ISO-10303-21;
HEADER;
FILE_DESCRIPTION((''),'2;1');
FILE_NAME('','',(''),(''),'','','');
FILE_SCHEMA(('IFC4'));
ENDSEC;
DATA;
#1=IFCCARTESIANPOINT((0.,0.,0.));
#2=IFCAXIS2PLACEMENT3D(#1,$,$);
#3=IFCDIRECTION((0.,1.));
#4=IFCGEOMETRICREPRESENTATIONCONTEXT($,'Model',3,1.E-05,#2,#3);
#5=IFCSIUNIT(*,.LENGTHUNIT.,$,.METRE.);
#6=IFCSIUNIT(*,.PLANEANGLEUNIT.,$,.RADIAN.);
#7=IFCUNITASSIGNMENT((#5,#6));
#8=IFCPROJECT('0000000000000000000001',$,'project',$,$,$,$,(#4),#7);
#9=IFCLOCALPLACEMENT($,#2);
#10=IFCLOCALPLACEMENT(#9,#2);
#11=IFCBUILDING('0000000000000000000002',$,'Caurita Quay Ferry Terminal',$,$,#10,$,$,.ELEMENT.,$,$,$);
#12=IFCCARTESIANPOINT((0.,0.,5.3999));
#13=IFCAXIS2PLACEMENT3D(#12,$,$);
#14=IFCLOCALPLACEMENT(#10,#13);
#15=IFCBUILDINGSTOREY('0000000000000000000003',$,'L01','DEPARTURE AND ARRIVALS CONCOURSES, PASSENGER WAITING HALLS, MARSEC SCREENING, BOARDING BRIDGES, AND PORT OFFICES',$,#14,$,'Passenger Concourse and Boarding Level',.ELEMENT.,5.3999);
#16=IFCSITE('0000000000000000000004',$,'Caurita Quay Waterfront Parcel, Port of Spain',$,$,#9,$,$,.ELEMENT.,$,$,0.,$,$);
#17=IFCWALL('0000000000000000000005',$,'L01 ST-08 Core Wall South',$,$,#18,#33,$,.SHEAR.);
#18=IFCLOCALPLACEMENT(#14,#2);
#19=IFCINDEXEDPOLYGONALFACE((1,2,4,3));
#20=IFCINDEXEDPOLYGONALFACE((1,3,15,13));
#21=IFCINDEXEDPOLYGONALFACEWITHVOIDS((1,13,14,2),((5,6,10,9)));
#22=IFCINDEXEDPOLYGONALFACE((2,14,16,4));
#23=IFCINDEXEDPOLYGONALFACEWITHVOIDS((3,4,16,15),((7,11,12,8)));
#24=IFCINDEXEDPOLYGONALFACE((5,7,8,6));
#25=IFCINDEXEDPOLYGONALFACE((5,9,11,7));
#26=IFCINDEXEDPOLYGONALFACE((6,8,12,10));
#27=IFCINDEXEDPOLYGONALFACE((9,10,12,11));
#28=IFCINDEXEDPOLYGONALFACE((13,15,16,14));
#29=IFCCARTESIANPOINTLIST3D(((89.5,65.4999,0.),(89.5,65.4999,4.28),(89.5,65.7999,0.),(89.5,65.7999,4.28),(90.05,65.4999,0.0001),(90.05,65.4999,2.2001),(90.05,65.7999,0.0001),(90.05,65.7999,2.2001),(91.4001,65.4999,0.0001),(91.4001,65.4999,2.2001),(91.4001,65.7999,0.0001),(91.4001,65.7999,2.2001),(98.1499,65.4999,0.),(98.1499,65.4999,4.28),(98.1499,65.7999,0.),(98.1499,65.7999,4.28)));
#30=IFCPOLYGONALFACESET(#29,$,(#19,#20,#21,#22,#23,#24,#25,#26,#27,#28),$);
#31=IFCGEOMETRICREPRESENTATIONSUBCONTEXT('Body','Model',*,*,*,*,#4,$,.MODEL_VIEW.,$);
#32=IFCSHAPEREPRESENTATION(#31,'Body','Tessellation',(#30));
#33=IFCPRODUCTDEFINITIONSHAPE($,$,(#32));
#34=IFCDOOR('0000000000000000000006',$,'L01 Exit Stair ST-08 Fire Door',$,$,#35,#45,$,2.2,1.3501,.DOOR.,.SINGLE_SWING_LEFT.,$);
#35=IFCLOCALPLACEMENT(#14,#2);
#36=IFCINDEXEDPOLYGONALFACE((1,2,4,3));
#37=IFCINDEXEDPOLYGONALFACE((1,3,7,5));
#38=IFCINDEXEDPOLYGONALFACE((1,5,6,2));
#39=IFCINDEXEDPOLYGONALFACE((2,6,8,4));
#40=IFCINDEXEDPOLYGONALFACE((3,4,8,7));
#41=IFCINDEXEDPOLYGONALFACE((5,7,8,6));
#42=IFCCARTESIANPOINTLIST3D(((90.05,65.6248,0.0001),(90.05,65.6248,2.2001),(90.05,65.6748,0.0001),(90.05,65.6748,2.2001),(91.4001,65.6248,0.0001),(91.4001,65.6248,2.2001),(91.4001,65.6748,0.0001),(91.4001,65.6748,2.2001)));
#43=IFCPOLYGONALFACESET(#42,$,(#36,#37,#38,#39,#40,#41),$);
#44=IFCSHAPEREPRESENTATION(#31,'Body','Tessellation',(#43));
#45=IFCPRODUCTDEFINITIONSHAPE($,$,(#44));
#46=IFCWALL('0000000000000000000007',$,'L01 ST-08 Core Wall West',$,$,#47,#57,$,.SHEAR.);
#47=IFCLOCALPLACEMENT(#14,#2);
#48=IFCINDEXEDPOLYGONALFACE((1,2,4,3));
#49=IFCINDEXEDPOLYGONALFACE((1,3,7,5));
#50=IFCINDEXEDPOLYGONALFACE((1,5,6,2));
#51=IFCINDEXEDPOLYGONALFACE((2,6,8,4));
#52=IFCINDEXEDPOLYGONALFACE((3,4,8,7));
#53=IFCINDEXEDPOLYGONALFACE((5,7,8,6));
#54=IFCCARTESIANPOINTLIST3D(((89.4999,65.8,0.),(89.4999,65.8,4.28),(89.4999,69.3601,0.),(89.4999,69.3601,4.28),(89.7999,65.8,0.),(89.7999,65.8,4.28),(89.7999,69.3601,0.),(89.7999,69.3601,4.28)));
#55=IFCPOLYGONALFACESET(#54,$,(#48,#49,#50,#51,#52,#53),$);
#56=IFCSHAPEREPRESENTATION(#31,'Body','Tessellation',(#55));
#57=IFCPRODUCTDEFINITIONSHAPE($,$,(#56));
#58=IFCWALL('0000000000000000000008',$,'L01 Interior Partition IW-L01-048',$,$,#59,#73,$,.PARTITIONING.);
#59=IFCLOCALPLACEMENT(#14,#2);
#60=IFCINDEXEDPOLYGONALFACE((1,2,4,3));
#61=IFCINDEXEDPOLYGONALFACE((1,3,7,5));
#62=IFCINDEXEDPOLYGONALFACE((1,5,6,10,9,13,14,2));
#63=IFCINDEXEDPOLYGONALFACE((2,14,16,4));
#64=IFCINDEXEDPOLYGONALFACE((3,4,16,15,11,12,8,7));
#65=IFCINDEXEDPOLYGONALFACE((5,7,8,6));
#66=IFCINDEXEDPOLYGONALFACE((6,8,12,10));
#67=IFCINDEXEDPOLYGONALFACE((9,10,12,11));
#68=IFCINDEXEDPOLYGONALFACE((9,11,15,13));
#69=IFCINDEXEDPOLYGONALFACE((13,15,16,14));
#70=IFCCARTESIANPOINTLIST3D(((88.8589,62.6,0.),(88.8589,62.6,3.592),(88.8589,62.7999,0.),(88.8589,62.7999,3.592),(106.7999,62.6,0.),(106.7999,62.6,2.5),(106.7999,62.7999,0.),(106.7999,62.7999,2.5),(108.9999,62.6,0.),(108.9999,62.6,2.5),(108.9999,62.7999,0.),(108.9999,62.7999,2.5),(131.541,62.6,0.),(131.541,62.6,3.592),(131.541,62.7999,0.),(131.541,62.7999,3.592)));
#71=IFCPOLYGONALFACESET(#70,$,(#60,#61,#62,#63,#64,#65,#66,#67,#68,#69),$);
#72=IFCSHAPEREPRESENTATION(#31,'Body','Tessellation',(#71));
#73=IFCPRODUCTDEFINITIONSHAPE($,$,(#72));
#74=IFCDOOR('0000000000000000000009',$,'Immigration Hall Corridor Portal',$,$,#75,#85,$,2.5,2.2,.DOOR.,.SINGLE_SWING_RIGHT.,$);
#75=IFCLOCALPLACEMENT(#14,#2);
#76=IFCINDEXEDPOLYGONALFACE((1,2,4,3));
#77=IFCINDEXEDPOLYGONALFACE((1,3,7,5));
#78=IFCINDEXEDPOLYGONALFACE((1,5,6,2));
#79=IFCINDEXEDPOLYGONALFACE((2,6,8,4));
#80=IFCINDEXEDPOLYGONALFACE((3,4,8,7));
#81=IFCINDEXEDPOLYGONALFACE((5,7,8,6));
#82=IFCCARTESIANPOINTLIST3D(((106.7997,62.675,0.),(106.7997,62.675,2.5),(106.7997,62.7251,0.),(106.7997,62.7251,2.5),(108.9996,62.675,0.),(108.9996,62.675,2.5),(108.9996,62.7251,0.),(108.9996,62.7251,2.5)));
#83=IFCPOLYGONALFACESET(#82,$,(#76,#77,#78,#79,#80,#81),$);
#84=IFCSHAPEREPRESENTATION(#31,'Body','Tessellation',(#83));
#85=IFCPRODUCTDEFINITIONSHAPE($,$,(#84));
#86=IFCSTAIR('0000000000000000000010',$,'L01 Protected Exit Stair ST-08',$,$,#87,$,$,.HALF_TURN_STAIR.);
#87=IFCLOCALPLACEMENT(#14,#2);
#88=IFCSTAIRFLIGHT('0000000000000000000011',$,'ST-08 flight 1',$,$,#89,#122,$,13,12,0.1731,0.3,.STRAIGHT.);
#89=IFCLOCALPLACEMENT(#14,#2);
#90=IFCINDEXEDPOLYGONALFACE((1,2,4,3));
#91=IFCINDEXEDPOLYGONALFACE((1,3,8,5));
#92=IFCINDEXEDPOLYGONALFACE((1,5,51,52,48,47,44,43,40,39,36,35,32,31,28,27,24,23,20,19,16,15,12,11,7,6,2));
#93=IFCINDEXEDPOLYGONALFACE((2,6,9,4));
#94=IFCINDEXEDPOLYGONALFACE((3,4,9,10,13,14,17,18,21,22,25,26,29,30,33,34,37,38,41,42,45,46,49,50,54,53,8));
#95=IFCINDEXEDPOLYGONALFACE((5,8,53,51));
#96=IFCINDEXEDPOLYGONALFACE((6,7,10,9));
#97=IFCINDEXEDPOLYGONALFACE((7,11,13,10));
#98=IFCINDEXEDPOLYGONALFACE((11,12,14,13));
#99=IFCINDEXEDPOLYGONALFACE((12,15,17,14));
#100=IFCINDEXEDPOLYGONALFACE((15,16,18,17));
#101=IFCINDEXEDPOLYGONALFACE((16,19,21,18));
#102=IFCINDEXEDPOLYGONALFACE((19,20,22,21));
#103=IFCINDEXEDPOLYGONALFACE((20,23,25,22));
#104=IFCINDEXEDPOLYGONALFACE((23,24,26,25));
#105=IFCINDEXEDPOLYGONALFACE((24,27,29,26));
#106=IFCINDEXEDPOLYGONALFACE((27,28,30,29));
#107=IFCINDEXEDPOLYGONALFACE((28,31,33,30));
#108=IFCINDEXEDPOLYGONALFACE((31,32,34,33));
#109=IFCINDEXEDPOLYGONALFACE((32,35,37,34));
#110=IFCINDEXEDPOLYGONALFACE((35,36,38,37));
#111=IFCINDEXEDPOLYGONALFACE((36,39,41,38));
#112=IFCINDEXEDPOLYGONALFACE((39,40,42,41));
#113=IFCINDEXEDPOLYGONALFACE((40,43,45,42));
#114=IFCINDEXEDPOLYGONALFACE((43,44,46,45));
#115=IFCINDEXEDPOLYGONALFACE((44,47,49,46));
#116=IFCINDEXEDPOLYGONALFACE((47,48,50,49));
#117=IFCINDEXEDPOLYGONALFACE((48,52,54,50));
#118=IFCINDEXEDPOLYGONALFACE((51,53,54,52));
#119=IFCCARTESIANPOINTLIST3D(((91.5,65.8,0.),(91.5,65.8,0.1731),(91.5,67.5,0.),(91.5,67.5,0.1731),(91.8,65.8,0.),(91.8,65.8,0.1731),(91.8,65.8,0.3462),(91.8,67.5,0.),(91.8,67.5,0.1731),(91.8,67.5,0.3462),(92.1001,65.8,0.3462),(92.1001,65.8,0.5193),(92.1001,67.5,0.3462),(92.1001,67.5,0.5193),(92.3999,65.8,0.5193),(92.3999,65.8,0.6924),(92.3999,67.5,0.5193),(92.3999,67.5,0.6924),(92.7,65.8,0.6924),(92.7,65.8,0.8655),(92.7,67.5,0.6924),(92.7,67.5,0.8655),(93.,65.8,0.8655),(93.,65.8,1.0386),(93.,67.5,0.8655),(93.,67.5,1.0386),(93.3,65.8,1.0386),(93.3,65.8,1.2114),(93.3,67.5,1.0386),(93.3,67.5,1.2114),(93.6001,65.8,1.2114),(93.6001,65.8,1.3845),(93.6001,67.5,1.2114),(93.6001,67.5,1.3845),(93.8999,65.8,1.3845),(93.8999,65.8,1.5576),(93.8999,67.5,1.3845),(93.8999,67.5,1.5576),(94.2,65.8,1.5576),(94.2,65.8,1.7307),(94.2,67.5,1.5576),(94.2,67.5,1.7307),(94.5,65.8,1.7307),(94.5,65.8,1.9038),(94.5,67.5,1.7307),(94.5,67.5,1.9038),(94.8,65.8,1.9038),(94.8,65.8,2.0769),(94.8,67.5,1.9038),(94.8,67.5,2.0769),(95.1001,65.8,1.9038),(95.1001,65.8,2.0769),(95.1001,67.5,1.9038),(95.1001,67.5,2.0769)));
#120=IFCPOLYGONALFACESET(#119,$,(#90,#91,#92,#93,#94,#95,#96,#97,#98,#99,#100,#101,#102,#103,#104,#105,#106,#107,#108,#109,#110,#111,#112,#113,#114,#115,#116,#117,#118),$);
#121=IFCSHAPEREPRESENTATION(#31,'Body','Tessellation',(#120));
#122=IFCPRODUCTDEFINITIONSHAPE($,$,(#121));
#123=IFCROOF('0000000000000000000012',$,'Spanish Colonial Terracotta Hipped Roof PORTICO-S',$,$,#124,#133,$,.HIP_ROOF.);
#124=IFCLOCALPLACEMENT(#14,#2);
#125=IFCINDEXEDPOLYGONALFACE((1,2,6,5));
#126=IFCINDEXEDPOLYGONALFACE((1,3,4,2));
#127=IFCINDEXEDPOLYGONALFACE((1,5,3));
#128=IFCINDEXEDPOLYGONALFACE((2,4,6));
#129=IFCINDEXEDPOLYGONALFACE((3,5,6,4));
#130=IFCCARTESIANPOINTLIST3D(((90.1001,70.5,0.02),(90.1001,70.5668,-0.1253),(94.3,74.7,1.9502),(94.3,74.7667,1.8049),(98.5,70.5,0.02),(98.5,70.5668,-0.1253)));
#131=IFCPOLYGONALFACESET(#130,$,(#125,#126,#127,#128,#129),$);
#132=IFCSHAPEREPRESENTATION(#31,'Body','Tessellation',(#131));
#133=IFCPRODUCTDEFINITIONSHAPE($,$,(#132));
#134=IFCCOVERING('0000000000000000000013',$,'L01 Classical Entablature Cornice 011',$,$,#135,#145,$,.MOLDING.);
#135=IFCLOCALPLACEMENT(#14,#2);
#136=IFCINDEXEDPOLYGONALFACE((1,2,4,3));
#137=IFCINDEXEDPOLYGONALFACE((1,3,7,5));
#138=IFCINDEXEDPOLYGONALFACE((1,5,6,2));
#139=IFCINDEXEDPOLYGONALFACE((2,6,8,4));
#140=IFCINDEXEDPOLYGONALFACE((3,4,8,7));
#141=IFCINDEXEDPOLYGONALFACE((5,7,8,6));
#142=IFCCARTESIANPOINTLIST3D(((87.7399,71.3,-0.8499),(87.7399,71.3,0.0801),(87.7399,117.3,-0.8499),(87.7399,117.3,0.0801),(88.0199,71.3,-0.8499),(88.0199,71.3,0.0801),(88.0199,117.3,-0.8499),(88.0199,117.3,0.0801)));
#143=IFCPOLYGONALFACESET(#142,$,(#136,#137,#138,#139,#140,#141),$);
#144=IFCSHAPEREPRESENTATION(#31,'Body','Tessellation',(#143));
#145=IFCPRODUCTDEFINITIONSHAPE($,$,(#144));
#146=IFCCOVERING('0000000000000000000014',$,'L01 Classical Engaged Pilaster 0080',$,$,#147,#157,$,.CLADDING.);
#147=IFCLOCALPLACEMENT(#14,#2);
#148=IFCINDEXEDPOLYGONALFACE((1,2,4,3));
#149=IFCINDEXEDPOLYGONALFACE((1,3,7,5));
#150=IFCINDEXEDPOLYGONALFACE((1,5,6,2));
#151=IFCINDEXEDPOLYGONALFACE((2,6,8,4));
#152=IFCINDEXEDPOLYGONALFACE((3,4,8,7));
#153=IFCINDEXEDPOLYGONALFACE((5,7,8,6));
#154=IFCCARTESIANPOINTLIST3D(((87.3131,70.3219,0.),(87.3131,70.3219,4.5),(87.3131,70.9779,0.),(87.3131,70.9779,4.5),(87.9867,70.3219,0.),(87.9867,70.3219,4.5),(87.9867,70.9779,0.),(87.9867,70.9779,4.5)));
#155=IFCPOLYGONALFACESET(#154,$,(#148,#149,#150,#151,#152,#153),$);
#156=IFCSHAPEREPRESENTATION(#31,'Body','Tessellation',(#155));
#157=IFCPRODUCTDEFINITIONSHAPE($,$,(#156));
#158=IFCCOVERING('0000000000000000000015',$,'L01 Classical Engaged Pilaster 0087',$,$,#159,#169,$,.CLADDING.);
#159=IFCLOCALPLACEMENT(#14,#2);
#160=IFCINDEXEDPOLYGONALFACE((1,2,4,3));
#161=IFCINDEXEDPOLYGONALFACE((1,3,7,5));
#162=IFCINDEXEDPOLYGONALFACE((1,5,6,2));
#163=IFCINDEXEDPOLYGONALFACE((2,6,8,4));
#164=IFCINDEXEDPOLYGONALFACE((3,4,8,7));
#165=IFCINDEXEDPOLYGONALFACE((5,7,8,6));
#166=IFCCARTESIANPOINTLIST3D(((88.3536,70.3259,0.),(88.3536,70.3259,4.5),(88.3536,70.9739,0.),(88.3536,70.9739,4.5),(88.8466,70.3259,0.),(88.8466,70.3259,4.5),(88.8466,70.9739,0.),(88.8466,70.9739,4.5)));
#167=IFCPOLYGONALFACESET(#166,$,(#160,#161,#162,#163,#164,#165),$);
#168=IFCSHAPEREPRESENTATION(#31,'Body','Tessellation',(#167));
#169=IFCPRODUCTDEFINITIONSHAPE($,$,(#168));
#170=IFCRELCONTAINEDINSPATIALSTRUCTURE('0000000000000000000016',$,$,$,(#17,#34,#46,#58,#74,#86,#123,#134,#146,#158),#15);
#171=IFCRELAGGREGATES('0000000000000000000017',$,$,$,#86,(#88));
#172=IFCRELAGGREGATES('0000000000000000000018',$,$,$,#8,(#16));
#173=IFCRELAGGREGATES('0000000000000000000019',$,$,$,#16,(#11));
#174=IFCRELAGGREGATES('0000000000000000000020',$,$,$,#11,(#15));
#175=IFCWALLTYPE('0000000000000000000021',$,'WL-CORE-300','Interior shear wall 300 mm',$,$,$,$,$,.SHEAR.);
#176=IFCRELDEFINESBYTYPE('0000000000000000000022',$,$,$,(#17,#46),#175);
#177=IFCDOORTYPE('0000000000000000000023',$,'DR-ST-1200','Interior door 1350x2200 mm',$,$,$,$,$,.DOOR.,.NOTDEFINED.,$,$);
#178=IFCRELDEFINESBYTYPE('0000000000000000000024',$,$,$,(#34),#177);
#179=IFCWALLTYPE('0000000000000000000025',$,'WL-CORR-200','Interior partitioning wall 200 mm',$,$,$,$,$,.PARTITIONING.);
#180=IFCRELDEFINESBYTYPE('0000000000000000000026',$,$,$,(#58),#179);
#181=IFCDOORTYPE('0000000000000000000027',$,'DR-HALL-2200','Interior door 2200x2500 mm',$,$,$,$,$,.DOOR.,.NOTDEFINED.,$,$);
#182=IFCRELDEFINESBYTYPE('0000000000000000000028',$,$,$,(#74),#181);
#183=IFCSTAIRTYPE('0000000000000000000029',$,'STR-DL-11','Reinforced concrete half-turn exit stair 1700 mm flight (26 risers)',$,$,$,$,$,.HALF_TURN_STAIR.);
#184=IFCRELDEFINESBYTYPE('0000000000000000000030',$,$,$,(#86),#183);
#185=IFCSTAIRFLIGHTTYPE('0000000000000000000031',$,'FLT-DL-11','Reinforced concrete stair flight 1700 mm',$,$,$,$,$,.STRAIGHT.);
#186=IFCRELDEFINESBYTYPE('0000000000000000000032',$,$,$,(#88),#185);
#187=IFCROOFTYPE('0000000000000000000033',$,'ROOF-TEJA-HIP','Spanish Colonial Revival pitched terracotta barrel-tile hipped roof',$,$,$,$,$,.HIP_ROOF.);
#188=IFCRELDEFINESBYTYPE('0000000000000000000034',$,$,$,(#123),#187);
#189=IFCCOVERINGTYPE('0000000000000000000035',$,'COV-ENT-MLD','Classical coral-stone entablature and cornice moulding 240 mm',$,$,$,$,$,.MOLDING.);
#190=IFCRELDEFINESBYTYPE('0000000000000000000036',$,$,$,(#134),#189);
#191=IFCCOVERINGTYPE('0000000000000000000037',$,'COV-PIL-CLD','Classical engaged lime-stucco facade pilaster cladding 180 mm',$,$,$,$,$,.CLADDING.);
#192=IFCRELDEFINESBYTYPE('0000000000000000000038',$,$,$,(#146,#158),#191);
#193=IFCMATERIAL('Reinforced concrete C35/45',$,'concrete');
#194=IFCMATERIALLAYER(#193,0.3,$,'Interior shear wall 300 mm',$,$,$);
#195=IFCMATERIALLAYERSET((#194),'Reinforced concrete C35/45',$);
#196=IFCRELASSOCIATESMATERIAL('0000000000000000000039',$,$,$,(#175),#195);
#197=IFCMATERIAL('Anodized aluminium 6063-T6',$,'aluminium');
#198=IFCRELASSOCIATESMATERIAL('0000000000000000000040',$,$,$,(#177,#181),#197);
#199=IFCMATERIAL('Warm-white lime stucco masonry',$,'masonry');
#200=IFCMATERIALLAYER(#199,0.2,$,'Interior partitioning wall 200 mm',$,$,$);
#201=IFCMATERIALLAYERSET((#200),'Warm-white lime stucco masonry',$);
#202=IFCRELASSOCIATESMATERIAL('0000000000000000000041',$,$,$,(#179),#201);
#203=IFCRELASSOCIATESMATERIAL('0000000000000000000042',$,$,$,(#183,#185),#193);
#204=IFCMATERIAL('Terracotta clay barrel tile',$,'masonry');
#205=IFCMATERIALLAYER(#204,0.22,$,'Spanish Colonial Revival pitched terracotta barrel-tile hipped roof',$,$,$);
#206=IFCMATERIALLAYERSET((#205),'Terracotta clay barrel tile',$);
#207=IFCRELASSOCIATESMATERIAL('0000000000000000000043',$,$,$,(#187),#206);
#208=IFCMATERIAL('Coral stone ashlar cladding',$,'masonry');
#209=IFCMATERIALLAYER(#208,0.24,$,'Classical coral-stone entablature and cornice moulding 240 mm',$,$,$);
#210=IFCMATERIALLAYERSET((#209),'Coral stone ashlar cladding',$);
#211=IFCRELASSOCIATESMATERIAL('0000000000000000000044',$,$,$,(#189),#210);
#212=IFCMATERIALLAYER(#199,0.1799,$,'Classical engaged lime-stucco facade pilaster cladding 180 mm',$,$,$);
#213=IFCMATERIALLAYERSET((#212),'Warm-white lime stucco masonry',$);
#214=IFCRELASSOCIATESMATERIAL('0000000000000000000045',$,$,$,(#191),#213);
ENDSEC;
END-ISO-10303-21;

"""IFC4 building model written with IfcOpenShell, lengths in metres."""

from ifc_helpers import new_model, si_unit, direction, frame, frame_2d, origin, origin_2d, place, context, subcontext, project, spatial, polyline, rectangle, outline, extrude, material, layer, layer_set, type_object, element, fill, aggregate, save


model = new_model("IFC4")

# Units and contexts
model_context = context("Model", 3, precision=1e-05, world=origin(), true_north=direction((0.0, 1.0)))
body_context = subcontext(model_context, "Body", "Model", "MODEL_VIEW")
ifc_project = project(units=[si_unit("LENGTHUNIT", "METRE"), si_unit("PLANEANGLEUNIT", "RADIAN")], contexts=[model_context])

# Site, building, storey
site_placement = place(None, origin())
site = spatial("IfcSite", under=ifc_project, at=site_placement, Name="Caurita Quay Waterfront Parcel, Port of Spain", CompositionType="ELEMENT", RefElevation=0.0)
building_placement = place(site_placement, origin())
building = spatial("IfcBuilding", under=site, at=building_placement, Name="Caurita Quay Ferry Terminal", CompositionType="ELEMENT")
storey_placement = place(building_placement, frame((0.0, 0.0, 5.3999)))
storey = spatial("IfcBuildingStorey", under=building, at=storey_placement, Name="L01", Description="DEPARTURE AND ARRIVALS CONCOURSES, PASSENGER WAITING HALLS, MARSEC SCREENING, BOARDING BRIDGES, AND PORT OFFICES", LongName="Passenger Concourse and Boarding Level", CompositionType="ELEMENT", Elevation=5.3999)

# Shared definitions
ifc_material_1 = material(Name="Reinforced concrete C35/45", Category="concrete")

# Wall, opening, door
ifc_layer_1 = layer(ifc_material_1, 0.3, Name="Interior shear wall 300 mm")
ifc_layer_set_1 = layer_set([ifc_layer_1], Name="Reinforced concrete C35/45")
wall_type_1 = type_object("IfcWallType", Name="WL-CORE-300", Description="Interior shear wall 300 mm", PredefinedType="SHEAR", material=ifc_layer_set_1)
wall_1_placement = place(storey_placement, frame((89.5, 65.6499, 0.0), z_axis=(0.0, 0.0, 1.0), x_axis=(1.0, 0.0, 0.0)))
wall_1 = element("IfcWall", 1, at=wall_1_placement, inside=storey, type_object=wall_type_1, Name="L01 ST-08 Core Wall South", PredefinedType="SHEAR", context=body_context, shape_type="SweptSolid", body=[
    extrude(rectangle(XDim=8.6499, YDim=0.3, at=frame_2d((4.325, 0.0))), origin(), (0.0, 0.0, 1.0), 4.28),
])
opening_1_placement = place(wall_1_placement, frame((0.55, 0.0, 0.0)))
opening_1 = element("IfcOpeningElement", 2, at=opening_1_placement, cuts=wall_1, PredefinedType="OPENING", context=body_context, shape_type="SweptSolid", body=[
    extrude(rectangle(XDim=1.3501, YDim=2.2, at=frame_2d((0.675, 1.1001))), frame((0.0, 0.1599, 0.0), z_axis=(0.0, -1.0, 0.0), x_axis=(1.0, 0.0, 0.0)), (0.0, 0.0, 1.0), 0.3201),
])
ifc_material_2 = material(Name="Anodized aluminium 6063-T6", Category="aluminium")
door_type_1 = type_object("IfcDoorType", Name="DR-ST-1200", Description="Interior door 1350x2200 mm", OperationType="NOTDEFINED", PredefinedType="DOOR", material=ifc_material_2)
door_1_placement = place(opening_1_placement, origin())
door_1 = element("IfcDoor", 3, at=door_1_placement, inside=storey, type_object=door_type_1, Name="L01 Exit Stair ST-08 Fire Door", OperationType="SINGLE_SWING_LEFT", OverallHeight=2.2, OverallWidth=1.3501, PredefinedType="DOOR", context=body_context, shape_type="SweptSolid", body=[
    extrude(rectangle(XDim=1.3501, YDim=2.2, at=frame_2d((0.675, 1.1001))), frame((0.0, 0.0249, 0.0), z_axis=(0.0, -1.0, 0.0), x_axis=(1.0, 0.0, 0.0)), (0.0, 0.0, 1.0), 0.05),
])
fill(opening_1, door_1)

# Wall
wall_2_placement = place(storey_placement, frame((89.6499, 69.3601, 0.0), z_axis=(0.0, 0.0, 1.0), x_axis=(0.0, -1.0, 0.0)))
element("IfcWall", 4, at=wall_2_placement, inside=storey, type_object=wall_type_1, Name="L01 ST-08 Core Wall West", PredefinedType="SHEAR", context=body_context, shape_type="SweptSolid", body=[
    extrude(rectangle(XDim=3.5601, YDim=0.3, at=frame_2d((1.78, 0.0))), origin(), (0.0, 0.0, 1.0), 4.28),
])

# Wall, opening, door
ifc_material_3 = material(Name="Warm-white lime stucco masonry", Category="masonry")
ifc_layer_2 = layer(ifc_material_3, 0.2, Name="Interior partitioning wall 200 mm")
ifc_layer_set_2 = layer_set([ifc_layer_2], Name="Warm-white lime stucco masonry")
wall_type_2 = type_object("IfcWallType", Name="WL-CORR-200", Description="Interior partitioning wall 200 mm", PredefinedType="PARTITIONING", material=ifc_layer_set_2)
wall_3_placement = place(storey_placement, frame((88.8589, 62.7, 0.0), z_axis=(0.0, 0.0, 1.0), x_axis=(1.0, 0.0, 0.0)))
wall_3 = element("IfcWall", 5, at=wall_3_placement, inside=storey, type_object=wall_type_2, Name="L01 Interior Partition IW-L01-048", PredefinedType="PARTITIONING", context=body_context, shape_type="SweptSolid", body=[
    extrude(rectangle(XDim=42.6821, YDim=0.2, at=frame_2d((21.3411, 0.0))), origin(), (0.0, 0.0, 1.0), 3.592),
])
opening_2_placement = place(wall_3_placement, frame((17.9409, 0.0, 0.0)))
opening_2 = element("IfcOpeningElement", 6, at=opening_2_placement, cuts=wall_3, PredefinedType="OPENING", context=body_context, shape_type="SweptSolid", body=[
    extrude(rectangle(XDim=2.2, YDim=2.5, at=frame_2d((1.1001, 1.25))), frame((0.0, 0.1099, 0.0), z_axis=(0.0, -1.0, 0.0), x_axis=(1.0, 0.0, 0.0)), (0.0, 0.0, 1.0), 0.22),
])
door_type_2 = type_object("IfcDoorType", Name="DR-HALL-2200", Description="Interior door 2200x2500 mm", OperationType="NOTDEFINED", PredefinedType="DOOR", material=ifc_material_2)
door_2_placement = place(opening_2_placement, frame((2.2, 0.0, 0.0), z_axis=(0.0, 0.0, 1.0), x_axis=(-1.0, 0.0, 0.0)))
door_2 = element("IfcDoor", 7, at=door_2_placement, inside=storey, type_object=door_type_2, Name="Immigration Hall Corridor Portal", OperationType="SINGLE_SWING_RIGHT", OverallHeight=2.5, OverallWidth=2.2, PredefinedType="DOOR", context=body_context, shape_type="SweptSolid", body=[
    extrude(rectangle(XDim=2.2, YDim=2.5, at=frame_2d((1.1001, 1.25))), frame((0.0, 0.0249, 0.0), z_axis=(0.0, -1.0, 0.0), x_axis=(1.0, 0.0, 0.0)), (0.0, 0.0, 1.0), 0.05),
])
fill(opening_2, door_2)

# Stair, stair flight
stair_type = type_object("IfcStairType", Name="STR-DL-11", Description="Reinforced concrete half-turn exit stair 1700 mm flight (26 risers)", PredefinedType="HALF_TURN_STAIR", material=ifc_material_1)
stair_placement = place(storey_placement, origin())
stair = element("IfcStair", 8, at=stair_placement, inside=storey, type_object=stair_type, Name="L01 Protected Exit Stair ST-08", PredefinedType="HALF_TURN_STAIR")
stair_flight_type = type_object("IfcStairFlightType", Name="FLT-DL-11", Description="Reinforced concrete stair flight 1700 mm", PredefinedType="STRAIGHT", material=ifc_material_1)
stair_flight_placement = place(storey_placement, frame((91.5, 66.6499, 0.0), z_axis=(0.0, 0.0, 1.0), x_axis=(1.0, 0.0, 0.0)))
stair_flight = element("IfcStairFlight", 9, at=stair_flight_placement, type_object=stair_flight_type, Name="ST-08 flight 1", NumberOfRisers=13, NumberOfTreads=12, PredefinedType="STRAIGHT", RiserHeight=0.1731, TreadLength=0.3, context=body_context, shape_type="SweptSolid", body=[
    extrude(outline(polyline([(0.0, 0.0), (0.0, 0.1731), (0.3, 0.1731), (0.3, 0.3462), (0.6001, 0.3462), (0.6001, 0.5193), (0.8999, 0.5193), (0.8999, 0.6924), (1.2, 0.6924), (1.2, 0.8655), (1.5, 0.8655), (1.5, 1.0386), (1.8, 1.0386), (1.8, 1.2114), (2.1001, 1.2114), (2.1001, 1.3845), (2.3999, 1.3845), (2.3999, 1.5576), (2.7, 1.5576), (2.7, 1.7307), (3.0, 1.7307), (3.0, 1.9038), (3.3, 1.9038), (3.3, 2.0769), (3.6001, 2.0769), (3.6001, 2.25), (3.6001, 1.9038), (0.3, 0.0), (0.0, 0.0)])), frame((0.0, 0.8501, 0.0), z_axis=(0.0, -1.0, 0.0), x_axis=(1.0, 0.0, 0.0)), (0.0, 0.0, 1.0), 1.7),
])
aggregate(stair, [stair_flight])

# Roof
ifc_material_4 = material(Name="Terracotta clay barrel tile", Category="masonry")
ifc_layer_3 = layer(ifc_material_4, 0.22, Name="Spanish Colonial Revival pitched terracotta barrel-tile hipped roof")
ifc_layer_set_3 = layer_set([ifc_layer_3], Name="Terracotta clay barrel tile")
roof_type = type_object("IfcRoofType", Name="ROOF-TEJA-HIP", Description="Spanish Colonial Revival pitched terracotta barrel-tile hipped roof", PredefinedType="HIP_ROOF", material=ifc_layer_set_3)
roof_placement = place(storey_placement, frame((90.1001, 70.5, 0.02), z_axis=(0.0, -0.417584, 0.908638), x_axis=(1.0, 0.0, 0.0)))
element("IfcRoof", 10, at=roof_placement, inside=storey, type_object=roof_type, Name="Spanish Colonial Terracotta Hipped Roof PORTICO-S", PredefinedType="HIP_ROOF", context=body_context, shape_type="SweptSolid", body=[
    extrude(outline(polyline([(0.0, 0.0), (8.3999, 0.0), (4.2, 4.6222), (0.0, 0.0)])), origin(), (0.0, 0.0, -1.0), 0.1599),
])

# Coverings
ifc_material_5 = material(Name="Coral stone ashlar cladding", Category="masonry")
ifc_layer_4 = layer(ifc_material_5, 0.24, Name="Classical coral-stone entablature and cornice moulding 240 mm")
ifc_layer_set_4 = layer_set([ifc_layer_4], Name="Coral stone ashlar cladding")
covering_type_1 = type_object("IfcCoveringType", Name="COV-ENT-MLD", Description="Classical coral-stone entablature and cornice moulding 240 mm", PredefinedType="MOLDING", material=ifc_layer_set_4)
covering_1_placement = place(storey_placement, frame((87.8799, 71.3, -0.8499), z_axis=(0.0, 0.0, 1.0), x_axis=(0.0, 1.0, 0.0)))
element("IfcCovering", 11, at=covering_1_placement, inside=storey, type_object=covering_type_1, Name="L01 Classical Entablature Cornice 011", PredefinedType="MOLDING", context=body_context, shape_type="SweptSolid", body=[
    extrude(rectangle(XDim=46.0, YDim=0.28, at=frame_2d((23.0, 0.0))), origin(), (0.0, 0.0, 1.0), 0.9299),
])
ifc_layer_5 = layer(ifc_material_3, 0.1799, Name="Classical engaged lime-stucco facade pilaster cladding 180 mm")
ifc_layer_set_5 = layer_set([ifc_layer_5], Name="Warm-white lime stucco masonry")
covering_type_2 = type_object("IfcCoveringType", Name="COV-PIL-CLD", Description="Classical engaged lime-stucco facade pilaster cladding 180 mm", PredefinedType="CLADDING", material=ifc_layer_set_5)
covering_2_placement = place(storey_placement, frame((87.6499, 70.6499, 0.0), z_axis=(0.0, 0.0, 1.0), x_axis=(1.0, 0.0, 0.0)))
element("IfcCovering", 12, at=covering_2_placement, inside=storey, type_object=covering_type_2, Name="L01 Classical Engaged Pilaster 0080", PredefinedType="CLADDING", context=body_context, shape_type="SweptSolid", body=[
    extrude(rectangle(XDim=0.6736, YDim=0.656, at=origin_2d()), origin(), (0.0, 0.0, 1.0), 4.5),
])
covering_3_placement = place(storey_placement, frame((88.6001, 70.6499, 0.0), z_axis=(0.0, 0.0, 1.0), x_axis=(1.0, 0.0, 0.0)))
element("IfcCovering", 13, at=covering_3_placement, inside=storey, type_object=covering_type_2, Name="L01 Classical Engaged Pilaster 0087", PredefinedType="CLADDING", context=body_context, shape_type="SweptSolid", body=[
    extrude(rectangle(XDim=0.4929, YDim=0.6479, at=origin_2d()), origin(), (0.0, 0.0, 1.0), 4.5),
])

save(model, "model.ifc")
